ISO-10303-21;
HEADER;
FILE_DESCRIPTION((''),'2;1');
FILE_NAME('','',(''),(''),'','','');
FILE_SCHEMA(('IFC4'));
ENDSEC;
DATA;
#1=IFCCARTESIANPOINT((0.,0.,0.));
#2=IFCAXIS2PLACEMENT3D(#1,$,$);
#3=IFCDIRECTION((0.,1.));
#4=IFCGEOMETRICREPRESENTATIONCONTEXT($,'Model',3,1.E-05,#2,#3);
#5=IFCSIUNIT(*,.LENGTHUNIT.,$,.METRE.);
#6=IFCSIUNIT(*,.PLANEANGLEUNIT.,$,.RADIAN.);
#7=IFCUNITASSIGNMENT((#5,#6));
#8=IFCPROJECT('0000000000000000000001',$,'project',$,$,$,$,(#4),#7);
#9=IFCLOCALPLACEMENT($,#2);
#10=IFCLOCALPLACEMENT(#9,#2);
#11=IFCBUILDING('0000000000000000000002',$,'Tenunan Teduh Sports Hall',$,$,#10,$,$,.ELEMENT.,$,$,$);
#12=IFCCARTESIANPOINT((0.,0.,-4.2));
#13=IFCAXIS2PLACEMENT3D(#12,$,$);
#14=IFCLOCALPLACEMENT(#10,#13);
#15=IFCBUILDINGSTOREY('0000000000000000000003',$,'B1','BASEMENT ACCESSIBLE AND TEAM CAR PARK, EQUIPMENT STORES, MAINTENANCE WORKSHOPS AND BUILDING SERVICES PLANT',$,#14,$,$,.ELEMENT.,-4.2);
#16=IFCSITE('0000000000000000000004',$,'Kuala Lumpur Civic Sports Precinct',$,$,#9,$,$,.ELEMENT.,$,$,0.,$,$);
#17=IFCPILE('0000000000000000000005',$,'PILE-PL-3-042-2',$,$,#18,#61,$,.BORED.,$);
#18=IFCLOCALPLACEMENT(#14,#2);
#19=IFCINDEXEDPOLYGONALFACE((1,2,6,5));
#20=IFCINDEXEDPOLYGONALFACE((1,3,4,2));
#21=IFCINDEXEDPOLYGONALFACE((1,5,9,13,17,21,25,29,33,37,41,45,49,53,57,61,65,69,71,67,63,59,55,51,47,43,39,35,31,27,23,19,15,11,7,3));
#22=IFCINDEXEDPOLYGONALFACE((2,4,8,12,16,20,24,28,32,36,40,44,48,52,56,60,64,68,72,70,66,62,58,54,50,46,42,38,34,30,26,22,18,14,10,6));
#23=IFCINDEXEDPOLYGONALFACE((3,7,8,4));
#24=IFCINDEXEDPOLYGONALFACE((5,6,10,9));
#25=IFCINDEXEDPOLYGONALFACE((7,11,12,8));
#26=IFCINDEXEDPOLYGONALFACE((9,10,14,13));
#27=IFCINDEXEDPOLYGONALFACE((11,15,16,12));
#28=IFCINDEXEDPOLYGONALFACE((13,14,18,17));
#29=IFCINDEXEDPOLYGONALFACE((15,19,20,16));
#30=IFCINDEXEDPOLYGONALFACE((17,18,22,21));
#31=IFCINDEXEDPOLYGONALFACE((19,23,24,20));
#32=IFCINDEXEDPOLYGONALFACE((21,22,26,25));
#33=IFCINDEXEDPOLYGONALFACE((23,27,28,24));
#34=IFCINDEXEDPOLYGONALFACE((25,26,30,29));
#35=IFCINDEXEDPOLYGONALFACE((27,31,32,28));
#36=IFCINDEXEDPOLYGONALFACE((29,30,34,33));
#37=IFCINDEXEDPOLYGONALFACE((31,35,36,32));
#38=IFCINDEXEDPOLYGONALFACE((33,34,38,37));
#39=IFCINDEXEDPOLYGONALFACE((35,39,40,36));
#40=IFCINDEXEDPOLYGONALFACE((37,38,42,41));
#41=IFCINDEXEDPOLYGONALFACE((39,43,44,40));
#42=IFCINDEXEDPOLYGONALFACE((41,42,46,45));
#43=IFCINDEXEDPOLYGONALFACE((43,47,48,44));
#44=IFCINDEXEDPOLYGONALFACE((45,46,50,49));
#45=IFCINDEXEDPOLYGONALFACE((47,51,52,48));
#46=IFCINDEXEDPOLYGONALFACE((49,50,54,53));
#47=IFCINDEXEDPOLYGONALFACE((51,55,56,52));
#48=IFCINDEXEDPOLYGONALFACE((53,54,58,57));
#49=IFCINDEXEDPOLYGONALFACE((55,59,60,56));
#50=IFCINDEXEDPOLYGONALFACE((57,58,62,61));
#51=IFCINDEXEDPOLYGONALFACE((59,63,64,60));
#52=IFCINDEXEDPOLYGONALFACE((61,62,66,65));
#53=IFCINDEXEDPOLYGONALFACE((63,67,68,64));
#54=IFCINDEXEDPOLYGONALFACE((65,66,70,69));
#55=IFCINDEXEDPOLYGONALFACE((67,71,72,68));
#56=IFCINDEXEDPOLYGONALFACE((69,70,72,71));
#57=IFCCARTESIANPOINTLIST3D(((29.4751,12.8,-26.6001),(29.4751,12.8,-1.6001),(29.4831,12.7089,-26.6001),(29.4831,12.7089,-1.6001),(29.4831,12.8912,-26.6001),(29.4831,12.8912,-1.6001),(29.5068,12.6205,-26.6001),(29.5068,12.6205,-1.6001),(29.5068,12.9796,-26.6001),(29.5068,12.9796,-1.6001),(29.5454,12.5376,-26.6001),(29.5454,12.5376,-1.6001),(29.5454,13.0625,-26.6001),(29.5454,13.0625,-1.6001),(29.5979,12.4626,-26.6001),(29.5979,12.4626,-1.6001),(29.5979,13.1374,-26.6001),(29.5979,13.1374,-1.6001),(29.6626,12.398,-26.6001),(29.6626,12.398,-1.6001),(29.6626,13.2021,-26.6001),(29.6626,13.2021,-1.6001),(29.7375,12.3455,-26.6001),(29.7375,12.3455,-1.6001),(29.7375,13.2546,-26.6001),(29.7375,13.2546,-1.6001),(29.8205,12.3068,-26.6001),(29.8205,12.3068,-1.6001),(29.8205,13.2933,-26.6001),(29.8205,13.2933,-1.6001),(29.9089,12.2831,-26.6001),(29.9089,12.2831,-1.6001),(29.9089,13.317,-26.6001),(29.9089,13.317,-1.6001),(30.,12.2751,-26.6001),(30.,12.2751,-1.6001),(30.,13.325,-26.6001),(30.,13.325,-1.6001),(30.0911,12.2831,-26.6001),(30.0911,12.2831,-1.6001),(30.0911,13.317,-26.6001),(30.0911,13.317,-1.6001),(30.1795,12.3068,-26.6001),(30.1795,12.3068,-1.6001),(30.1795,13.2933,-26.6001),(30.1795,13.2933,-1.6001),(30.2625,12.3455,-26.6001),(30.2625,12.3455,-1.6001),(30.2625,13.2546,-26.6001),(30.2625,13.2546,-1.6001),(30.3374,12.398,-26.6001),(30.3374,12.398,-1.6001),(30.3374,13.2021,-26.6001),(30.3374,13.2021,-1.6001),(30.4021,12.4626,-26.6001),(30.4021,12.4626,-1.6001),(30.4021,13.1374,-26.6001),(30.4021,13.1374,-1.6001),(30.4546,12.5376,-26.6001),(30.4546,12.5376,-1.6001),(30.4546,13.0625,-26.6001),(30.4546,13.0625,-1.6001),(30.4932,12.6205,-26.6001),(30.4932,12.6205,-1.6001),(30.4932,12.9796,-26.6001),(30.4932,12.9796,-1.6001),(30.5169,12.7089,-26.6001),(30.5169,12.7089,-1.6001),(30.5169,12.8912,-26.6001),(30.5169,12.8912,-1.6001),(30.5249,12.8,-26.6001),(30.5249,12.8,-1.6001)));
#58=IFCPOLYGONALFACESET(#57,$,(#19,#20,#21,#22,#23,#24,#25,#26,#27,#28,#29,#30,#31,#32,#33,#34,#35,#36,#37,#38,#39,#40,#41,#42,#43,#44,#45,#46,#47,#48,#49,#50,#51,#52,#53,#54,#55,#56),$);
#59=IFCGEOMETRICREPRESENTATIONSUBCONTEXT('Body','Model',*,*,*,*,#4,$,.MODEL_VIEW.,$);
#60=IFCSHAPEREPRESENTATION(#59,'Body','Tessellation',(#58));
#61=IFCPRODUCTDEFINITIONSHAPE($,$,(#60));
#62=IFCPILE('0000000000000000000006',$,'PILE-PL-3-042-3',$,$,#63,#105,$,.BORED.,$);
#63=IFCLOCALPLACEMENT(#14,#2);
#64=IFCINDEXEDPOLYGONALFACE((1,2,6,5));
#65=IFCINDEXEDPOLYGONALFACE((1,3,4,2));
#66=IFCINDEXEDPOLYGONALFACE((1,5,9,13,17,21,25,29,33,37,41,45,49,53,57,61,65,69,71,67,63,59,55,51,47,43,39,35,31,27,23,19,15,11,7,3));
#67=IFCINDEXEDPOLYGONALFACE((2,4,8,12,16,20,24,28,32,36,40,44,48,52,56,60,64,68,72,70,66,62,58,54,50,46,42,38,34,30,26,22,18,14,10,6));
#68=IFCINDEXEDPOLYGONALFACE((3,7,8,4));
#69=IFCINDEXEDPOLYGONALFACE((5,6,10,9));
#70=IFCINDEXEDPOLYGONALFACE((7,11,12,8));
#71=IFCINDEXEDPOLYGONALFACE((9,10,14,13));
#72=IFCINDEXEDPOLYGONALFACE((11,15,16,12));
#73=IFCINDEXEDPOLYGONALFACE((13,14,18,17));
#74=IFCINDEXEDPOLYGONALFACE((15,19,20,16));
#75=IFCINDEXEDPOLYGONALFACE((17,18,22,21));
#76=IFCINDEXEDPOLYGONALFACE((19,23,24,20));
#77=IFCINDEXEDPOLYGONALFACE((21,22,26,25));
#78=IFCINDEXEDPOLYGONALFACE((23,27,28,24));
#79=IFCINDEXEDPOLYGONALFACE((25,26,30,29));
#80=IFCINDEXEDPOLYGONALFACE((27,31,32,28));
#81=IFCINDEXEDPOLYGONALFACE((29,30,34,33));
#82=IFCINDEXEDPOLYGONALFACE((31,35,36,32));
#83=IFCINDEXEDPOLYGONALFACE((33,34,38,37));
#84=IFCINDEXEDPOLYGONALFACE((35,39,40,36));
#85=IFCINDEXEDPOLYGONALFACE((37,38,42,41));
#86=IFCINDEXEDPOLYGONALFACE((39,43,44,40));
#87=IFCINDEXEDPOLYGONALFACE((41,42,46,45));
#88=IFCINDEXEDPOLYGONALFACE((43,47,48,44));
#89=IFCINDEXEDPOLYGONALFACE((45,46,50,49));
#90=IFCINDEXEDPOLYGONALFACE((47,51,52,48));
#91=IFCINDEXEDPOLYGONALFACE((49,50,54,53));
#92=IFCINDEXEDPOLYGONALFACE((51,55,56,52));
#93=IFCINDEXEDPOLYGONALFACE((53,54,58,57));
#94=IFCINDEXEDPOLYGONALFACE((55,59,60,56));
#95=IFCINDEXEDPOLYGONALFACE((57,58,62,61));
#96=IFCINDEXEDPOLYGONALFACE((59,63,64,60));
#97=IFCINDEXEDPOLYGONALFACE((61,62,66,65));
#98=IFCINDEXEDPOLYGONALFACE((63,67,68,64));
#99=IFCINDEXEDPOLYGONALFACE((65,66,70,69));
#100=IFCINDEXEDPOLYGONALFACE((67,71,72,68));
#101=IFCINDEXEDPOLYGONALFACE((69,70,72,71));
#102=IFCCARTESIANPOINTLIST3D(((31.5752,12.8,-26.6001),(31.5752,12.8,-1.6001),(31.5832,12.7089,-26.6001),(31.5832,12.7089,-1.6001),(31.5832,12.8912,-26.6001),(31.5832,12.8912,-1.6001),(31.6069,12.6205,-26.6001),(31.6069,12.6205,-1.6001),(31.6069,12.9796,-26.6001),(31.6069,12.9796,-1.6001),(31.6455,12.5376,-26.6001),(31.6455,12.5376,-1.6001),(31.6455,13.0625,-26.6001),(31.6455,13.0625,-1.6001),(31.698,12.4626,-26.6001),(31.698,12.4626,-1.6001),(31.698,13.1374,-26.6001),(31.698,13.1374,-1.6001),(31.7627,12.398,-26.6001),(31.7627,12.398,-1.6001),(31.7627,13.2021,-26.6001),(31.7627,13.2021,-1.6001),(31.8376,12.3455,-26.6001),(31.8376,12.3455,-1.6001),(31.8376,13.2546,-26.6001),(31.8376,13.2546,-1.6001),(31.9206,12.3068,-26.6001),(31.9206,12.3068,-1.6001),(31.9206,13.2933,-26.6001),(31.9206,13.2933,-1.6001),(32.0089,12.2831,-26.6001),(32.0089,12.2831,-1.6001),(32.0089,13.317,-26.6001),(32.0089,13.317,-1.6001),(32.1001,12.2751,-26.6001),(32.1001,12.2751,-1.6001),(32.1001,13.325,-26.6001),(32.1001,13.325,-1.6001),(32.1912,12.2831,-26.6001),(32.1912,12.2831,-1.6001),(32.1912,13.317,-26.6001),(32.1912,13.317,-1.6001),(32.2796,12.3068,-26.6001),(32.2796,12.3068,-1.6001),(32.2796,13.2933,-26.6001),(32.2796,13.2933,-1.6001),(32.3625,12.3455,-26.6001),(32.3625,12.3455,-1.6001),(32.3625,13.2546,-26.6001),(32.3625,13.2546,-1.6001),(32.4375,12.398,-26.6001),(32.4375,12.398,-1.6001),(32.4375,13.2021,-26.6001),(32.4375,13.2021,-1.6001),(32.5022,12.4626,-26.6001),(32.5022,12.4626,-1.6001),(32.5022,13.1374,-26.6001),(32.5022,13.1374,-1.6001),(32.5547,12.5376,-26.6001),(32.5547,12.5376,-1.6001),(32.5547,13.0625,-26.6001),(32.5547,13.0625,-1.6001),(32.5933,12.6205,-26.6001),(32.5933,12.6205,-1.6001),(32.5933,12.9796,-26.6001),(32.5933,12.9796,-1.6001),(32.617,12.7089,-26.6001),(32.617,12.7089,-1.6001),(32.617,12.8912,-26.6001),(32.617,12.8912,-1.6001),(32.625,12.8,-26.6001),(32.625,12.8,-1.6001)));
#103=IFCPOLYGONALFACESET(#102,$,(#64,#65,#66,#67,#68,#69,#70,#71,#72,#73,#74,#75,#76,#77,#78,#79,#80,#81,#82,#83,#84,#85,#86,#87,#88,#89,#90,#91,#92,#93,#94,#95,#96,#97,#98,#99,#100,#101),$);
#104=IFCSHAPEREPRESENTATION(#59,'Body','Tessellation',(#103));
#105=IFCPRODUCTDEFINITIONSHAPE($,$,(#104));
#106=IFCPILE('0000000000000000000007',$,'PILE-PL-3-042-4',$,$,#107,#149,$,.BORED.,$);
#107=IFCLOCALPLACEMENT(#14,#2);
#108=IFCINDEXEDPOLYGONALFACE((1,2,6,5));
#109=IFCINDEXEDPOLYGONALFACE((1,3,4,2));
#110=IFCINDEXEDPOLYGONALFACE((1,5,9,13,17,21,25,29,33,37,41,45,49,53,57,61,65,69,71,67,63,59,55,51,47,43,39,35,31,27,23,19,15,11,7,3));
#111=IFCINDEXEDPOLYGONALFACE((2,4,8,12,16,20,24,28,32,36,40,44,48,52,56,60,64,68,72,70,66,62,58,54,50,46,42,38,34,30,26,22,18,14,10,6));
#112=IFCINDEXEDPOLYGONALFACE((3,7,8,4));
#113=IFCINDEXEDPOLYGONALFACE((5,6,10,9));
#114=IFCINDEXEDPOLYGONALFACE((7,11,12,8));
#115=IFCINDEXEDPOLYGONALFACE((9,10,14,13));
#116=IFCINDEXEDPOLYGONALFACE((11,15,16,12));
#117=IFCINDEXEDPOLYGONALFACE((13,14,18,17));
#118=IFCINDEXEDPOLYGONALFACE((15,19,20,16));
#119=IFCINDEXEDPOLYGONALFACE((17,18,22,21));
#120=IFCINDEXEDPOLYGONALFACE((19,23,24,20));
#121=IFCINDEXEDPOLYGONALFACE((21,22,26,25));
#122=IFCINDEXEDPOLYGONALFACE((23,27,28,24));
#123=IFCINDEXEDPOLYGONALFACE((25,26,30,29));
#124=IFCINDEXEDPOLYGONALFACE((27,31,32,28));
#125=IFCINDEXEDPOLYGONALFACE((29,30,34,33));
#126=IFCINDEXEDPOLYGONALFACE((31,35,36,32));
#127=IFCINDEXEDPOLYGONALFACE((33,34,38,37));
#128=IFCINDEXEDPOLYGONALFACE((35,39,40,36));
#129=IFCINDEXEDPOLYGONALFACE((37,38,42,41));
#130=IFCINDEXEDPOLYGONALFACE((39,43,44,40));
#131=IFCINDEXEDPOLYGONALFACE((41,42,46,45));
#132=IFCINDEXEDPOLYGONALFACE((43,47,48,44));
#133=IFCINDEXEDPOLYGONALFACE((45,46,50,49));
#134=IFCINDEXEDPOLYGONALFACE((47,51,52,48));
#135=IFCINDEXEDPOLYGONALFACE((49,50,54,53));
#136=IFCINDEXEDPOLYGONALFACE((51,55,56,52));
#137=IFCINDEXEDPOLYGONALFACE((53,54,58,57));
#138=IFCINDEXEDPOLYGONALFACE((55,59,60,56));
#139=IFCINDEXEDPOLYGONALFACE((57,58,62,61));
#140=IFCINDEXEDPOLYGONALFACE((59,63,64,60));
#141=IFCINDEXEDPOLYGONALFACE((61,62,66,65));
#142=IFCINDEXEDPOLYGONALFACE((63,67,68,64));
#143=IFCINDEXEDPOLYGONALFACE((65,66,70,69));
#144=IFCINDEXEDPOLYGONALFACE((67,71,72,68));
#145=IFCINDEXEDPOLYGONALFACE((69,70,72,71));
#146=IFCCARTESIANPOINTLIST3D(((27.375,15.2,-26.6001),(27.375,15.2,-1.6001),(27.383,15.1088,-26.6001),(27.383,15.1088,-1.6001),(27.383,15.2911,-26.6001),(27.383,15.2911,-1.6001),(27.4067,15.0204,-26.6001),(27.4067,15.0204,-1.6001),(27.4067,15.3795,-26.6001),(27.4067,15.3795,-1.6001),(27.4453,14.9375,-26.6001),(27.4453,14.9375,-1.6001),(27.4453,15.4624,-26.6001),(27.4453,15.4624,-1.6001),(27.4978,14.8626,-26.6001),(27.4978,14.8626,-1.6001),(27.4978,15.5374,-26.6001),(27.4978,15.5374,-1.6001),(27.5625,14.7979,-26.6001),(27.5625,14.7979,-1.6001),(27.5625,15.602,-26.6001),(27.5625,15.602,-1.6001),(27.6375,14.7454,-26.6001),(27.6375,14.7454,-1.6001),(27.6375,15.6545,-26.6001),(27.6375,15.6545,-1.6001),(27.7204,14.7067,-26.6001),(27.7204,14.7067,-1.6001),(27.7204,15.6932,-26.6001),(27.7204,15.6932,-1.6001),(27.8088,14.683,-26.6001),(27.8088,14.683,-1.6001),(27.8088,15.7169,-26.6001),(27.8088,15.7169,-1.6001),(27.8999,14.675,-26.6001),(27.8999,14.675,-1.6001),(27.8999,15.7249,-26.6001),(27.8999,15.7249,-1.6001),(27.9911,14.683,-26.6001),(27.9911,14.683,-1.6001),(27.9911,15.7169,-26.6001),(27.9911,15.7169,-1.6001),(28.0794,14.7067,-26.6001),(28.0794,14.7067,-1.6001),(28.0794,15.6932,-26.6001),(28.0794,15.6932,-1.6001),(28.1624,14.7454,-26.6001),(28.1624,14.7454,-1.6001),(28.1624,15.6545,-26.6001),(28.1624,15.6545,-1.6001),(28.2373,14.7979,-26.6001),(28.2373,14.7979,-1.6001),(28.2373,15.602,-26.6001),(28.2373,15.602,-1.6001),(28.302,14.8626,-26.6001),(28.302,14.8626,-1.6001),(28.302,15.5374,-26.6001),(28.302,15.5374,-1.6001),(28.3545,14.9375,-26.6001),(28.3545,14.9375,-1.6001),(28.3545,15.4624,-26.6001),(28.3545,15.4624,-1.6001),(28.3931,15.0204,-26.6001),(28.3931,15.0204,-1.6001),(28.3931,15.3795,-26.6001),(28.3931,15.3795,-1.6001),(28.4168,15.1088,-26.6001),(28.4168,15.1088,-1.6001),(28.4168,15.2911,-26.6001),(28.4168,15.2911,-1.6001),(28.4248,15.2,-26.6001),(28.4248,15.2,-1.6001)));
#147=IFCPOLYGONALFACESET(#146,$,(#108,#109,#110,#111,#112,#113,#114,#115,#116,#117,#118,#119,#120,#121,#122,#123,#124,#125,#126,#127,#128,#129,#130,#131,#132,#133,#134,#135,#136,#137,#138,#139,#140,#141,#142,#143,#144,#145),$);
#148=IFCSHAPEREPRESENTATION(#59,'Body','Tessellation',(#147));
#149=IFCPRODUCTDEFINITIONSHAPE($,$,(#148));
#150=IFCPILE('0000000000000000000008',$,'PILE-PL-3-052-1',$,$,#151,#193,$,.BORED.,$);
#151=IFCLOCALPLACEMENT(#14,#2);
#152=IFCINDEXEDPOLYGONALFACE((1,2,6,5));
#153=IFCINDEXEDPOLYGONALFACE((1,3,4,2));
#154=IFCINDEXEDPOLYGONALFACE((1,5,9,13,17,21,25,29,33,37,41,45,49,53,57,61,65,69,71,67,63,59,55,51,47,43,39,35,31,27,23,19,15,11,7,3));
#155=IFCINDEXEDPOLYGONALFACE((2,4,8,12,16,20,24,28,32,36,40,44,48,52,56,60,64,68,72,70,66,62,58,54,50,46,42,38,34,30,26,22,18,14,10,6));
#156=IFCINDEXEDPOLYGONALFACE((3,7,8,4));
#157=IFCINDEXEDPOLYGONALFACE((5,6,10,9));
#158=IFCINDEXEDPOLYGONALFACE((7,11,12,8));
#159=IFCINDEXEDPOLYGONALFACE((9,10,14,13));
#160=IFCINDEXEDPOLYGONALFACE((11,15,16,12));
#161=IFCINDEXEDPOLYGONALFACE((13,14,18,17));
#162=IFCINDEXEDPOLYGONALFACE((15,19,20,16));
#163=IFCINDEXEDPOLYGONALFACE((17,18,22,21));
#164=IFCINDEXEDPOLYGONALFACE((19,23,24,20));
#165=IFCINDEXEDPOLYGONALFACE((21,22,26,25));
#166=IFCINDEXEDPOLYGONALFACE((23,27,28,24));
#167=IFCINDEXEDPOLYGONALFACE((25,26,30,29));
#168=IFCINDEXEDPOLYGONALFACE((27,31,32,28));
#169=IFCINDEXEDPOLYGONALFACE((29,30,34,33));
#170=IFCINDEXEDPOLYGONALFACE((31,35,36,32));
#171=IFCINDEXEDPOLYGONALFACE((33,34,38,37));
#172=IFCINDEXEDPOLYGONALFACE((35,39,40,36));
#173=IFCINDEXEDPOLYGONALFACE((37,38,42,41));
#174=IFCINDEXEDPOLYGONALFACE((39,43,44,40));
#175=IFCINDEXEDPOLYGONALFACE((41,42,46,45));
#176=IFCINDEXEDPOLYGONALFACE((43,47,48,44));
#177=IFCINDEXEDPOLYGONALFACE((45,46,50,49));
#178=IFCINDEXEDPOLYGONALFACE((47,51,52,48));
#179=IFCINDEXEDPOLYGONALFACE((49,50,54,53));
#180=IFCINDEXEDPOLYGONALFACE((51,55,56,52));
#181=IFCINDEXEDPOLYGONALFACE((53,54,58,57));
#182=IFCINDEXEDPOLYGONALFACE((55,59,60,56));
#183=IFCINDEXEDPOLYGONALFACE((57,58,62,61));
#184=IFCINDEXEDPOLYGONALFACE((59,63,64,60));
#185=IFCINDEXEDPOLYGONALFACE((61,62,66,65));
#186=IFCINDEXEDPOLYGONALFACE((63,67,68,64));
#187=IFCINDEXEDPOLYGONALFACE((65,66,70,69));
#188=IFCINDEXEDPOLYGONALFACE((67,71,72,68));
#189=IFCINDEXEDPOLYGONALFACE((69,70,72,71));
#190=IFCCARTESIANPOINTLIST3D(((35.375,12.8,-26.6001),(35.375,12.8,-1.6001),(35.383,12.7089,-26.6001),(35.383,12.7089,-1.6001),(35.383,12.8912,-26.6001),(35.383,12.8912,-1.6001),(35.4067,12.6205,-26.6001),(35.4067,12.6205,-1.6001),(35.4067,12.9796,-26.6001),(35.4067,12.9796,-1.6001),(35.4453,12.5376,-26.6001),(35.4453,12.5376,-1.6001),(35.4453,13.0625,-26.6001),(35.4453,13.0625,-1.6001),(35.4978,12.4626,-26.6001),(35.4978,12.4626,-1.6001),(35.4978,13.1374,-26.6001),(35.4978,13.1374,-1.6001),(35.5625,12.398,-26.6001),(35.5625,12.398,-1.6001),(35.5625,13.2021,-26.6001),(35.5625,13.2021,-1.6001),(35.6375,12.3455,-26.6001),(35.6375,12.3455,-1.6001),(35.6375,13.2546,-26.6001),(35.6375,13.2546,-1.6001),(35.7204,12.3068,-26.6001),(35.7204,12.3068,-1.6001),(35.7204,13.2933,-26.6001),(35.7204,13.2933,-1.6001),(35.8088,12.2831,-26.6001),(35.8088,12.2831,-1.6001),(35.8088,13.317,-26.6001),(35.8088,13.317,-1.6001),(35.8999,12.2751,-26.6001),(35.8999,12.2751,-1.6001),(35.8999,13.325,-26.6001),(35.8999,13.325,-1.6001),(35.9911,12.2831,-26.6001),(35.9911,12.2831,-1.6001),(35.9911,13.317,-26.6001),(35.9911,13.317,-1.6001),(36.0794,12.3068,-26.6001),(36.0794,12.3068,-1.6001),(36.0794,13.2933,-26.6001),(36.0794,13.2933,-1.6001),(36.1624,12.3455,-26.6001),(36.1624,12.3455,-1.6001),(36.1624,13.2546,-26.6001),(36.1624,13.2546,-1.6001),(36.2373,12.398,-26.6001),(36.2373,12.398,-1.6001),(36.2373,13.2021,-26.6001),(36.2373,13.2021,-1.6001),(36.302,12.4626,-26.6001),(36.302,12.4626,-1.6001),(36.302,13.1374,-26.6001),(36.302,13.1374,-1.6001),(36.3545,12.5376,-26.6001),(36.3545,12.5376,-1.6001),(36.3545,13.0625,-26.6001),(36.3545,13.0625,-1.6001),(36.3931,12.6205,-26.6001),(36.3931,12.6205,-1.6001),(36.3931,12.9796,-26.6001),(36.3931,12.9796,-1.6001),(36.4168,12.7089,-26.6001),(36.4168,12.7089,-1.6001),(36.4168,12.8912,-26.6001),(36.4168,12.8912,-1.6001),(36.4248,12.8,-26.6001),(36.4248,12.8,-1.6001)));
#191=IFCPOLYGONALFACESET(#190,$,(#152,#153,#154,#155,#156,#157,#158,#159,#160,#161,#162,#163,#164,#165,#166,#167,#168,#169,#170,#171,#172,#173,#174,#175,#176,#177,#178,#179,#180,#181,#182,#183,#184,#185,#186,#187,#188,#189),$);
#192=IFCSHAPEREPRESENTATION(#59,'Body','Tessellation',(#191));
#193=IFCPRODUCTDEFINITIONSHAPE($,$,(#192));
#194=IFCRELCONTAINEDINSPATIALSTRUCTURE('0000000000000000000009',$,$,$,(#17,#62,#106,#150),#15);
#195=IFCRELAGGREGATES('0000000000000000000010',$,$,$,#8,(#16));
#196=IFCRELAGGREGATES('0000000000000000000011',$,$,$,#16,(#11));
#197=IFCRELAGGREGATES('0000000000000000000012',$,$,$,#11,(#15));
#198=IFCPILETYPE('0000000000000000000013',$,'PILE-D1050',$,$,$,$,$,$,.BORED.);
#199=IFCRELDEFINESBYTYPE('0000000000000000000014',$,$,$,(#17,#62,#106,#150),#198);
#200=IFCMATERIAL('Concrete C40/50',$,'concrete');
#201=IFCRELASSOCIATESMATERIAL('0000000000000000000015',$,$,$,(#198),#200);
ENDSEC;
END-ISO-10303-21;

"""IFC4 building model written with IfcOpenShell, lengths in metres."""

from ifc_helpers import new_model, si_unit, direction, frame, origin, origin_2d, place, context, subcontext, project, spatial, circle, extrude, material, material_profile, profile_set, type_object, element, save


model = new_model("IFC4")

# Units and contexts
model_context = context("Model", 3, precision=1e-05, world=origin(), true_north=direction((0.0, 1.0)))
body_context = subcontext(model_context, "Body", "Model", "MODEL_VIEW")
ifc_project = project(units=[si_unit("LENGTHUNIT", "METRE"), si_unit("PLANEANGLEUNIT", "RADIAN")], contexts=[model_context])

# Site, building, storey
site_placement = place(None, origin())
site = spatial("IfcSite", under=ifc_project, at=site_placement, Name="Kuala Lumpur Civic Sports Precinct", CompositionType="ELEMENT", RefElevation=0.0)
building_placement = place(site_placement, origin())
building = spatial("IfcBuilding", under=site, at=building_placement, Name="Tenunan Teduh Sports Hall", CompositionType="ELEMENT")
storey_placement = place(building_placement, frame((0.0, 0.0, -4.2)))
storey = spatial("IfcBuildingStorey", under=building, at=storey_placement, Name="B1", Description="BASEMENT ACCESSIBLE AND TEAM CAR PARK, EQUIPMENT STORES, MAINTENANCE WORKSHOPS AND BUILDING SERVICES PLANT", CompositionType="ELEMENT", Elevation=-4.2)

# Piles
ifc_material_1 = material(Name="Concrete C40/50", Category="concrete")
ifc_material_profile_1 = material_profile(ifc_material_1, circle(Radius=0.5249, at=origin_2d()), Name="PILE D1050")
ifc_profile_set_1 = profile_set([ifc_material_profile_1], Name="Concrete C40/50")
pile_type = type_object("IfcPileType", Name="PILE-D1050", PredefinedType="BORED", material=ifc_profile_set_1)
for number, where, z_axis, x_axis, name in (
    (1, (30.0, 12.8, -1.6001), (0.0, 0.0, -1.0), (1.0, 0.0, 0.0), "PILE-PL-3-042-2"),
    (2, (32.1001, 12.8, -1.6001), (0.0, 0.0, -1.0), (1.0, 0.0, 0.0), "PILE-PL-3-042-3"),
    (3, (27.8999, 15.2, -1.6001), (0.0, 0.0, -1.0), (1.0, 0.0, 0.0), "PILE-PL-3-042-4"),
    (4, (35.8999, 12.8, -1.6001), (0.0, 0.0, -1.0), (1.0, 0.0, 0.0), "PILE-PL-3-052-1"),
):
    element("IfcPile", number, at=place(storey_placement, frame(where, z_axis=z_axis, x_axis=x_axis)), inside=storey, type_object=pile_type, Name=name, PredefinedType="BORED", context=body_context, shape_type="SweptSolid", body=[
        extrude(circle(Radius=0.5249, at=origin_2d()), origin(), (0.0, 0.0, 1.0), 25.0),
    ])

save(model, "model.ifc")
